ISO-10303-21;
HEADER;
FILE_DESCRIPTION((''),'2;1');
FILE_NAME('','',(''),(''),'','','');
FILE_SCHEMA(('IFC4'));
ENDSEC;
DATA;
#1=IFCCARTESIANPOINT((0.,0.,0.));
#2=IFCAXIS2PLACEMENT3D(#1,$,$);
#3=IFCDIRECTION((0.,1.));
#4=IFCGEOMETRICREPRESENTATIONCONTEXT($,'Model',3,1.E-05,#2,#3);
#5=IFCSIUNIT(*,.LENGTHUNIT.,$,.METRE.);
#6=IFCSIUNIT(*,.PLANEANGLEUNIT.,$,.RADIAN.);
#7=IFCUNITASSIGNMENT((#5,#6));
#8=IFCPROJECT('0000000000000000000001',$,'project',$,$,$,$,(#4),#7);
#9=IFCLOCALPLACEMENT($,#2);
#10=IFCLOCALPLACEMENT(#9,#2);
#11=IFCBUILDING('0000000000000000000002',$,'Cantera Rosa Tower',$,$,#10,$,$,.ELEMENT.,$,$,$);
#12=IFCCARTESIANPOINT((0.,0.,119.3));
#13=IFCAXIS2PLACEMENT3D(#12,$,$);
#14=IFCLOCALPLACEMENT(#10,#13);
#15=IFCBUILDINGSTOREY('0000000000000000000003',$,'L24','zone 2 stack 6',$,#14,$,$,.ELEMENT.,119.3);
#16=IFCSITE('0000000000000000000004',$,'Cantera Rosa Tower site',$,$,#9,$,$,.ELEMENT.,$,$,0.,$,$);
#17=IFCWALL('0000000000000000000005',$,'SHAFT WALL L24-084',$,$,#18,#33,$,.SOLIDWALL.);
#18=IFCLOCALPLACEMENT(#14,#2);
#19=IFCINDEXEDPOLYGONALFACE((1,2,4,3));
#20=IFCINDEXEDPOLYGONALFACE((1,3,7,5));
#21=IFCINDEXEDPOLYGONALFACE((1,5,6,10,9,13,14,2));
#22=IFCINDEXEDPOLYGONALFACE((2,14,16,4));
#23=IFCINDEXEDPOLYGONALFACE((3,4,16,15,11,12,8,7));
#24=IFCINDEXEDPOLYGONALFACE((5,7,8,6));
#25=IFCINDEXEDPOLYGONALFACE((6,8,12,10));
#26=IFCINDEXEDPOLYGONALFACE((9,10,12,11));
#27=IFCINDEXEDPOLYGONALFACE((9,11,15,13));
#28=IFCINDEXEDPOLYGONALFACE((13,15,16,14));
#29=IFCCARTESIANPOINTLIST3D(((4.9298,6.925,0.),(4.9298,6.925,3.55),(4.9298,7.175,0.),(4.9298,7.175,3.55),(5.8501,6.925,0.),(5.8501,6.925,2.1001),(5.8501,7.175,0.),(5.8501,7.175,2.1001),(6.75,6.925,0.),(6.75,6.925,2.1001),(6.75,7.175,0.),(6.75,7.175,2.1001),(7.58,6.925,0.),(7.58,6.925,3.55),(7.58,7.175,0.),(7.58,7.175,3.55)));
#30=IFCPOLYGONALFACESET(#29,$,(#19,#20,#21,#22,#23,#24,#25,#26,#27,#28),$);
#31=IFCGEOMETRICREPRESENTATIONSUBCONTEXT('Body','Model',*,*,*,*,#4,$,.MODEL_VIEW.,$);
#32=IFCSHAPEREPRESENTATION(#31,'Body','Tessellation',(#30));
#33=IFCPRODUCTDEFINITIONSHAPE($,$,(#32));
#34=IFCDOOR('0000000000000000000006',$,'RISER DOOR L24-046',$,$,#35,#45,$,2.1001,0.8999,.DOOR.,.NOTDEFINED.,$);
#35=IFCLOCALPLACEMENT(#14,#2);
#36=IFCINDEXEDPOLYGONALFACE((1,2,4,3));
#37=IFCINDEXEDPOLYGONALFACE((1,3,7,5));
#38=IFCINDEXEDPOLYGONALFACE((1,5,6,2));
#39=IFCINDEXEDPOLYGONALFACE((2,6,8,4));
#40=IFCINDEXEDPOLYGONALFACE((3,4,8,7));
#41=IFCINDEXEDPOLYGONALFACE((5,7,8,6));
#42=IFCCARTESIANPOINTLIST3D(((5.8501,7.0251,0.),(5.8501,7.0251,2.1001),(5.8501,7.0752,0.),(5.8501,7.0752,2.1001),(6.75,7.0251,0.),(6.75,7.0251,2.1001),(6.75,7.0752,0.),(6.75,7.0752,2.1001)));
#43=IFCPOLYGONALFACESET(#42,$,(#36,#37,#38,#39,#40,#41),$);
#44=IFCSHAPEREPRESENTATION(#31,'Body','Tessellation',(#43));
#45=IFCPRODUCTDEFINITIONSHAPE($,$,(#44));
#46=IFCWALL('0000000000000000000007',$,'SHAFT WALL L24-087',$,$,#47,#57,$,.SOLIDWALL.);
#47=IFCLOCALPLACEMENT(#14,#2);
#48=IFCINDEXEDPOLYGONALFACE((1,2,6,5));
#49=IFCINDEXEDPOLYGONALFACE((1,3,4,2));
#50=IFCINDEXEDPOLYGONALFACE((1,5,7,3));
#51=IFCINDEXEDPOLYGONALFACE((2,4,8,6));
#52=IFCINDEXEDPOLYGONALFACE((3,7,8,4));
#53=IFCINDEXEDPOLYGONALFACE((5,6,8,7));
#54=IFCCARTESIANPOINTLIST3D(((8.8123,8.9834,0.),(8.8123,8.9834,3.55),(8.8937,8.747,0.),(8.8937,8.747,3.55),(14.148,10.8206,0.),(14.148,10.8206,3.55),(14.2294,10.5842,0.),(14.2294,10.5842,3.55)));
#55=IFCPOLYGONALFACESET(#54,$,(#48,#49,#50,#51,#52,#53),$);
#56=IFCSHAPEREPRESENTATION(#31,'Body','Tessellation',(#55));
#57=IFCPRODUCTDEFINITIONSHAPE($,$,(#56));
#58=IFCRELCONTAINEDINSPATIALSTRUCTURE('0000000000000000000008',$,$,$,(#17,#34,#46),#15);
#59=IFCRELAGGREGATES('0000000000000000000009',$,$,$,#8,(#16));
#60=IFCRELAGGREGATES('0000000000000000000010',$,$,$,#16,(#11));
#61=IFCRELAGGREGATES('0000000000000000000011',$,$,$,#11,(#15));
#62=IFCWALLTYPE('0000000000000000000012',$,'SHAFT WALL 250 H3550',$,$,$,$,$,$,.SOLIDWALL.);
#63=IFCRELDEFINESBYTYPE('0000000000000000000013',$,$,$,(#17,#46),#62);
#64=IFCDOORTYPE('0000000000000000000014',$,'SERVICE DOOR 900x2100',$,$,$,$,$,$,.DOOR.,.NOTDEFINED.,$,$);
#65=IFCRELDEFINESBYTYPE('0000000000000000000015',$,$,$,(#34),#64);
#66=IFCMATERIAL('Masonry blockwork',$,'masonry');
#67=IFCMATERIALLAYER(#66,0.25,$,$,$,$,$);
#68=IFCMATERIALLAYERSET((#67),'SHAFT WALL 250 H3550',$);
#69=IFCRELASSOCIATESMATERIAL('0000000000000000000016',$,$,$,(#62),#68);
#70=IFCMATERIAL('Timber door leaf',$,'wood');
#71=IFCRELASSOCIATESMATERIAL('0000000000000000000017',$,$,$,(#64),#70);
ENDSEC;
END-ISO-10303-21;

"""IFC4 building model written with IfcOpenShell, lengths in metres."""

from ifc_helpers import new_model, si_unit, direction, frame, frame_2d, origin, place, context, subcontext, project, spatial, rectangle, extrude, material, layer, layer_set, type_object, element, fill, save


model = new_model("IFC4")

# Units and contexts
model_context = context("Model", 3, precision=1e-05, world=origin(), true_north=direction((0.0, 1.0)))
body_context = subcontext(model_context, "Body", "Model", "MODEL_VIEW")
ifc_project = project(units=[si_unit("LENGTHUNIT", "METRE"), si_unit("PLANEANGLEUNIT", "RADIAN")], contexts=[model_context])

# Site, building, storey
site_placement = place(None, origin())
site = spatial("IfcSite", under=ifc_project, at=site_placement, Name="Cantera Rosa Tower site", CompositionType="ELEMENT", RefElevation=0.0)
building_placement = place(site_placement, origin())
building = spatial("IfcBuilding", under=site, at=building_placement, Name="Cantera Rosa Tower", CompositionType="ELEMENT")
storey_placement = place(building_placement, frame((0.0, 0.0, 119.3)))
storey = spatial("IfcBuildingStorey", under=building, at=storey_placement, Name="L24", Description="zone 2 stack 6", CompositionType="ELEMENT", Elevation=119.3)

# Shared definitions
ifc_material_1 = material(Name="Masonry blockwork", Category="masonry")
ifc_layer_1 = layer(ifc_material_1, 0.25)
ifc_layer_set_1 = layer_set([ifc_layer_1], Name="SHAFT WALL 250 H3550")
wall_type_1 = type_object("IfcWallType", Name="SHAFT WALL 250 H3550", PredefinedType="SOLIDWALL", material=ifc_layer_set_1)

# Wall, opening, door
wall_1_placement = place(storey_placement, frame((7.5801, 7.05, 0.0), z_axis=(0.0, 0.0, 1.0), x_axis=(-1.0, 0.0, 0.0)))
wall_1 = element("IfcWall", 1, at=wall_1_placement, inside=storey, type_object=wall_type_1, Name="SHAFT WALL L24-084", PredefinedType="SOLIDWALL", context=body_context, shape_type="SweptSolid", body=[
    extrude(rectangle(XDim=2.6501, YDim=0.25, at=frame_2d((1.3252, 0.0))), origin(), (0.0, 0.0, 1.0), 3.55),
])
opening_1_placement = place(wall_1_placement, frame((0.8301, 0.0, 0.0)))
opening_1 = element("IfcOpeningElement", 2, at=opening_1_placement, cuts=wall_1, PredefinedType="OPENING", context=body_context, shape_type="SweptSolid", body=[
    extrude(rectangle(XDim=0.8999, YDim=2.1001, at=frame_2d((0.45, 1.05))), frame((0.0, 0.135, 0.0), z_axis=(0.0, -1.0, 0.0), x_axis=(1.0, 0.0, 0.0)), (0.0, 0.0, 1.0), 0.27),
])
ifc_material_2 = material(Name="Timber door leaf", Category="wood")
door_type_1 = type_object("IfcDoorType", Name="SERVICE DOOR 900x2100", OperationType="NOTDEFINED", PredefinedType="DOOR", material=ifc_material_2)
door_1_placement = place(opening_1_placement, origin())
door_1 = element("IfcDoor", 3, at=door_1_placement, inside=storey, type_object=door_type_1, Name="RISER DOOR L24-046", OperationType="NOTDEFINED", OverallHeight=2.1001, OverallWidth=0.8999, PredefinedType="DOOR", context=body_context, shape_type="SweptSolid", body=[
    extrude(rectangle(XDim=0.8999, YDim=2.1001, at=frame_2d((0.45, 1.05))), frame((0.0, 0.0249, 0.0), z_axis=(0.0, -1.0, 0.0), x_axis=(1.0, 0.0, 0.0)), (0.0, 0.0, 1.0), 0.05),
])
fill(opening_1, door_1)

# Wall
wall_2_placement = place(storey_placement, frame((8.853, 8.8652, 0.0), z_axis=(0.0, 0.0, 1.0), x_axis=(0.945522, 0.325557, 0.0)))
element("IfcWall", 4, at=wall_2_placement, inside=storey, type_object=wall_type_1, Name="SHAFT WALL L24-087", PredefinedType="SOLIDWALL", context=body_context, shape_type="SweptSolid", body=[
    extrude(rectangle(XDim=5.6431, YDim=0.25, at=frame_2d((2.8215, 0.0))), origin(), (0.0, 0.0, 1.0), 3.55),
])

save(model, "model.ifc")
